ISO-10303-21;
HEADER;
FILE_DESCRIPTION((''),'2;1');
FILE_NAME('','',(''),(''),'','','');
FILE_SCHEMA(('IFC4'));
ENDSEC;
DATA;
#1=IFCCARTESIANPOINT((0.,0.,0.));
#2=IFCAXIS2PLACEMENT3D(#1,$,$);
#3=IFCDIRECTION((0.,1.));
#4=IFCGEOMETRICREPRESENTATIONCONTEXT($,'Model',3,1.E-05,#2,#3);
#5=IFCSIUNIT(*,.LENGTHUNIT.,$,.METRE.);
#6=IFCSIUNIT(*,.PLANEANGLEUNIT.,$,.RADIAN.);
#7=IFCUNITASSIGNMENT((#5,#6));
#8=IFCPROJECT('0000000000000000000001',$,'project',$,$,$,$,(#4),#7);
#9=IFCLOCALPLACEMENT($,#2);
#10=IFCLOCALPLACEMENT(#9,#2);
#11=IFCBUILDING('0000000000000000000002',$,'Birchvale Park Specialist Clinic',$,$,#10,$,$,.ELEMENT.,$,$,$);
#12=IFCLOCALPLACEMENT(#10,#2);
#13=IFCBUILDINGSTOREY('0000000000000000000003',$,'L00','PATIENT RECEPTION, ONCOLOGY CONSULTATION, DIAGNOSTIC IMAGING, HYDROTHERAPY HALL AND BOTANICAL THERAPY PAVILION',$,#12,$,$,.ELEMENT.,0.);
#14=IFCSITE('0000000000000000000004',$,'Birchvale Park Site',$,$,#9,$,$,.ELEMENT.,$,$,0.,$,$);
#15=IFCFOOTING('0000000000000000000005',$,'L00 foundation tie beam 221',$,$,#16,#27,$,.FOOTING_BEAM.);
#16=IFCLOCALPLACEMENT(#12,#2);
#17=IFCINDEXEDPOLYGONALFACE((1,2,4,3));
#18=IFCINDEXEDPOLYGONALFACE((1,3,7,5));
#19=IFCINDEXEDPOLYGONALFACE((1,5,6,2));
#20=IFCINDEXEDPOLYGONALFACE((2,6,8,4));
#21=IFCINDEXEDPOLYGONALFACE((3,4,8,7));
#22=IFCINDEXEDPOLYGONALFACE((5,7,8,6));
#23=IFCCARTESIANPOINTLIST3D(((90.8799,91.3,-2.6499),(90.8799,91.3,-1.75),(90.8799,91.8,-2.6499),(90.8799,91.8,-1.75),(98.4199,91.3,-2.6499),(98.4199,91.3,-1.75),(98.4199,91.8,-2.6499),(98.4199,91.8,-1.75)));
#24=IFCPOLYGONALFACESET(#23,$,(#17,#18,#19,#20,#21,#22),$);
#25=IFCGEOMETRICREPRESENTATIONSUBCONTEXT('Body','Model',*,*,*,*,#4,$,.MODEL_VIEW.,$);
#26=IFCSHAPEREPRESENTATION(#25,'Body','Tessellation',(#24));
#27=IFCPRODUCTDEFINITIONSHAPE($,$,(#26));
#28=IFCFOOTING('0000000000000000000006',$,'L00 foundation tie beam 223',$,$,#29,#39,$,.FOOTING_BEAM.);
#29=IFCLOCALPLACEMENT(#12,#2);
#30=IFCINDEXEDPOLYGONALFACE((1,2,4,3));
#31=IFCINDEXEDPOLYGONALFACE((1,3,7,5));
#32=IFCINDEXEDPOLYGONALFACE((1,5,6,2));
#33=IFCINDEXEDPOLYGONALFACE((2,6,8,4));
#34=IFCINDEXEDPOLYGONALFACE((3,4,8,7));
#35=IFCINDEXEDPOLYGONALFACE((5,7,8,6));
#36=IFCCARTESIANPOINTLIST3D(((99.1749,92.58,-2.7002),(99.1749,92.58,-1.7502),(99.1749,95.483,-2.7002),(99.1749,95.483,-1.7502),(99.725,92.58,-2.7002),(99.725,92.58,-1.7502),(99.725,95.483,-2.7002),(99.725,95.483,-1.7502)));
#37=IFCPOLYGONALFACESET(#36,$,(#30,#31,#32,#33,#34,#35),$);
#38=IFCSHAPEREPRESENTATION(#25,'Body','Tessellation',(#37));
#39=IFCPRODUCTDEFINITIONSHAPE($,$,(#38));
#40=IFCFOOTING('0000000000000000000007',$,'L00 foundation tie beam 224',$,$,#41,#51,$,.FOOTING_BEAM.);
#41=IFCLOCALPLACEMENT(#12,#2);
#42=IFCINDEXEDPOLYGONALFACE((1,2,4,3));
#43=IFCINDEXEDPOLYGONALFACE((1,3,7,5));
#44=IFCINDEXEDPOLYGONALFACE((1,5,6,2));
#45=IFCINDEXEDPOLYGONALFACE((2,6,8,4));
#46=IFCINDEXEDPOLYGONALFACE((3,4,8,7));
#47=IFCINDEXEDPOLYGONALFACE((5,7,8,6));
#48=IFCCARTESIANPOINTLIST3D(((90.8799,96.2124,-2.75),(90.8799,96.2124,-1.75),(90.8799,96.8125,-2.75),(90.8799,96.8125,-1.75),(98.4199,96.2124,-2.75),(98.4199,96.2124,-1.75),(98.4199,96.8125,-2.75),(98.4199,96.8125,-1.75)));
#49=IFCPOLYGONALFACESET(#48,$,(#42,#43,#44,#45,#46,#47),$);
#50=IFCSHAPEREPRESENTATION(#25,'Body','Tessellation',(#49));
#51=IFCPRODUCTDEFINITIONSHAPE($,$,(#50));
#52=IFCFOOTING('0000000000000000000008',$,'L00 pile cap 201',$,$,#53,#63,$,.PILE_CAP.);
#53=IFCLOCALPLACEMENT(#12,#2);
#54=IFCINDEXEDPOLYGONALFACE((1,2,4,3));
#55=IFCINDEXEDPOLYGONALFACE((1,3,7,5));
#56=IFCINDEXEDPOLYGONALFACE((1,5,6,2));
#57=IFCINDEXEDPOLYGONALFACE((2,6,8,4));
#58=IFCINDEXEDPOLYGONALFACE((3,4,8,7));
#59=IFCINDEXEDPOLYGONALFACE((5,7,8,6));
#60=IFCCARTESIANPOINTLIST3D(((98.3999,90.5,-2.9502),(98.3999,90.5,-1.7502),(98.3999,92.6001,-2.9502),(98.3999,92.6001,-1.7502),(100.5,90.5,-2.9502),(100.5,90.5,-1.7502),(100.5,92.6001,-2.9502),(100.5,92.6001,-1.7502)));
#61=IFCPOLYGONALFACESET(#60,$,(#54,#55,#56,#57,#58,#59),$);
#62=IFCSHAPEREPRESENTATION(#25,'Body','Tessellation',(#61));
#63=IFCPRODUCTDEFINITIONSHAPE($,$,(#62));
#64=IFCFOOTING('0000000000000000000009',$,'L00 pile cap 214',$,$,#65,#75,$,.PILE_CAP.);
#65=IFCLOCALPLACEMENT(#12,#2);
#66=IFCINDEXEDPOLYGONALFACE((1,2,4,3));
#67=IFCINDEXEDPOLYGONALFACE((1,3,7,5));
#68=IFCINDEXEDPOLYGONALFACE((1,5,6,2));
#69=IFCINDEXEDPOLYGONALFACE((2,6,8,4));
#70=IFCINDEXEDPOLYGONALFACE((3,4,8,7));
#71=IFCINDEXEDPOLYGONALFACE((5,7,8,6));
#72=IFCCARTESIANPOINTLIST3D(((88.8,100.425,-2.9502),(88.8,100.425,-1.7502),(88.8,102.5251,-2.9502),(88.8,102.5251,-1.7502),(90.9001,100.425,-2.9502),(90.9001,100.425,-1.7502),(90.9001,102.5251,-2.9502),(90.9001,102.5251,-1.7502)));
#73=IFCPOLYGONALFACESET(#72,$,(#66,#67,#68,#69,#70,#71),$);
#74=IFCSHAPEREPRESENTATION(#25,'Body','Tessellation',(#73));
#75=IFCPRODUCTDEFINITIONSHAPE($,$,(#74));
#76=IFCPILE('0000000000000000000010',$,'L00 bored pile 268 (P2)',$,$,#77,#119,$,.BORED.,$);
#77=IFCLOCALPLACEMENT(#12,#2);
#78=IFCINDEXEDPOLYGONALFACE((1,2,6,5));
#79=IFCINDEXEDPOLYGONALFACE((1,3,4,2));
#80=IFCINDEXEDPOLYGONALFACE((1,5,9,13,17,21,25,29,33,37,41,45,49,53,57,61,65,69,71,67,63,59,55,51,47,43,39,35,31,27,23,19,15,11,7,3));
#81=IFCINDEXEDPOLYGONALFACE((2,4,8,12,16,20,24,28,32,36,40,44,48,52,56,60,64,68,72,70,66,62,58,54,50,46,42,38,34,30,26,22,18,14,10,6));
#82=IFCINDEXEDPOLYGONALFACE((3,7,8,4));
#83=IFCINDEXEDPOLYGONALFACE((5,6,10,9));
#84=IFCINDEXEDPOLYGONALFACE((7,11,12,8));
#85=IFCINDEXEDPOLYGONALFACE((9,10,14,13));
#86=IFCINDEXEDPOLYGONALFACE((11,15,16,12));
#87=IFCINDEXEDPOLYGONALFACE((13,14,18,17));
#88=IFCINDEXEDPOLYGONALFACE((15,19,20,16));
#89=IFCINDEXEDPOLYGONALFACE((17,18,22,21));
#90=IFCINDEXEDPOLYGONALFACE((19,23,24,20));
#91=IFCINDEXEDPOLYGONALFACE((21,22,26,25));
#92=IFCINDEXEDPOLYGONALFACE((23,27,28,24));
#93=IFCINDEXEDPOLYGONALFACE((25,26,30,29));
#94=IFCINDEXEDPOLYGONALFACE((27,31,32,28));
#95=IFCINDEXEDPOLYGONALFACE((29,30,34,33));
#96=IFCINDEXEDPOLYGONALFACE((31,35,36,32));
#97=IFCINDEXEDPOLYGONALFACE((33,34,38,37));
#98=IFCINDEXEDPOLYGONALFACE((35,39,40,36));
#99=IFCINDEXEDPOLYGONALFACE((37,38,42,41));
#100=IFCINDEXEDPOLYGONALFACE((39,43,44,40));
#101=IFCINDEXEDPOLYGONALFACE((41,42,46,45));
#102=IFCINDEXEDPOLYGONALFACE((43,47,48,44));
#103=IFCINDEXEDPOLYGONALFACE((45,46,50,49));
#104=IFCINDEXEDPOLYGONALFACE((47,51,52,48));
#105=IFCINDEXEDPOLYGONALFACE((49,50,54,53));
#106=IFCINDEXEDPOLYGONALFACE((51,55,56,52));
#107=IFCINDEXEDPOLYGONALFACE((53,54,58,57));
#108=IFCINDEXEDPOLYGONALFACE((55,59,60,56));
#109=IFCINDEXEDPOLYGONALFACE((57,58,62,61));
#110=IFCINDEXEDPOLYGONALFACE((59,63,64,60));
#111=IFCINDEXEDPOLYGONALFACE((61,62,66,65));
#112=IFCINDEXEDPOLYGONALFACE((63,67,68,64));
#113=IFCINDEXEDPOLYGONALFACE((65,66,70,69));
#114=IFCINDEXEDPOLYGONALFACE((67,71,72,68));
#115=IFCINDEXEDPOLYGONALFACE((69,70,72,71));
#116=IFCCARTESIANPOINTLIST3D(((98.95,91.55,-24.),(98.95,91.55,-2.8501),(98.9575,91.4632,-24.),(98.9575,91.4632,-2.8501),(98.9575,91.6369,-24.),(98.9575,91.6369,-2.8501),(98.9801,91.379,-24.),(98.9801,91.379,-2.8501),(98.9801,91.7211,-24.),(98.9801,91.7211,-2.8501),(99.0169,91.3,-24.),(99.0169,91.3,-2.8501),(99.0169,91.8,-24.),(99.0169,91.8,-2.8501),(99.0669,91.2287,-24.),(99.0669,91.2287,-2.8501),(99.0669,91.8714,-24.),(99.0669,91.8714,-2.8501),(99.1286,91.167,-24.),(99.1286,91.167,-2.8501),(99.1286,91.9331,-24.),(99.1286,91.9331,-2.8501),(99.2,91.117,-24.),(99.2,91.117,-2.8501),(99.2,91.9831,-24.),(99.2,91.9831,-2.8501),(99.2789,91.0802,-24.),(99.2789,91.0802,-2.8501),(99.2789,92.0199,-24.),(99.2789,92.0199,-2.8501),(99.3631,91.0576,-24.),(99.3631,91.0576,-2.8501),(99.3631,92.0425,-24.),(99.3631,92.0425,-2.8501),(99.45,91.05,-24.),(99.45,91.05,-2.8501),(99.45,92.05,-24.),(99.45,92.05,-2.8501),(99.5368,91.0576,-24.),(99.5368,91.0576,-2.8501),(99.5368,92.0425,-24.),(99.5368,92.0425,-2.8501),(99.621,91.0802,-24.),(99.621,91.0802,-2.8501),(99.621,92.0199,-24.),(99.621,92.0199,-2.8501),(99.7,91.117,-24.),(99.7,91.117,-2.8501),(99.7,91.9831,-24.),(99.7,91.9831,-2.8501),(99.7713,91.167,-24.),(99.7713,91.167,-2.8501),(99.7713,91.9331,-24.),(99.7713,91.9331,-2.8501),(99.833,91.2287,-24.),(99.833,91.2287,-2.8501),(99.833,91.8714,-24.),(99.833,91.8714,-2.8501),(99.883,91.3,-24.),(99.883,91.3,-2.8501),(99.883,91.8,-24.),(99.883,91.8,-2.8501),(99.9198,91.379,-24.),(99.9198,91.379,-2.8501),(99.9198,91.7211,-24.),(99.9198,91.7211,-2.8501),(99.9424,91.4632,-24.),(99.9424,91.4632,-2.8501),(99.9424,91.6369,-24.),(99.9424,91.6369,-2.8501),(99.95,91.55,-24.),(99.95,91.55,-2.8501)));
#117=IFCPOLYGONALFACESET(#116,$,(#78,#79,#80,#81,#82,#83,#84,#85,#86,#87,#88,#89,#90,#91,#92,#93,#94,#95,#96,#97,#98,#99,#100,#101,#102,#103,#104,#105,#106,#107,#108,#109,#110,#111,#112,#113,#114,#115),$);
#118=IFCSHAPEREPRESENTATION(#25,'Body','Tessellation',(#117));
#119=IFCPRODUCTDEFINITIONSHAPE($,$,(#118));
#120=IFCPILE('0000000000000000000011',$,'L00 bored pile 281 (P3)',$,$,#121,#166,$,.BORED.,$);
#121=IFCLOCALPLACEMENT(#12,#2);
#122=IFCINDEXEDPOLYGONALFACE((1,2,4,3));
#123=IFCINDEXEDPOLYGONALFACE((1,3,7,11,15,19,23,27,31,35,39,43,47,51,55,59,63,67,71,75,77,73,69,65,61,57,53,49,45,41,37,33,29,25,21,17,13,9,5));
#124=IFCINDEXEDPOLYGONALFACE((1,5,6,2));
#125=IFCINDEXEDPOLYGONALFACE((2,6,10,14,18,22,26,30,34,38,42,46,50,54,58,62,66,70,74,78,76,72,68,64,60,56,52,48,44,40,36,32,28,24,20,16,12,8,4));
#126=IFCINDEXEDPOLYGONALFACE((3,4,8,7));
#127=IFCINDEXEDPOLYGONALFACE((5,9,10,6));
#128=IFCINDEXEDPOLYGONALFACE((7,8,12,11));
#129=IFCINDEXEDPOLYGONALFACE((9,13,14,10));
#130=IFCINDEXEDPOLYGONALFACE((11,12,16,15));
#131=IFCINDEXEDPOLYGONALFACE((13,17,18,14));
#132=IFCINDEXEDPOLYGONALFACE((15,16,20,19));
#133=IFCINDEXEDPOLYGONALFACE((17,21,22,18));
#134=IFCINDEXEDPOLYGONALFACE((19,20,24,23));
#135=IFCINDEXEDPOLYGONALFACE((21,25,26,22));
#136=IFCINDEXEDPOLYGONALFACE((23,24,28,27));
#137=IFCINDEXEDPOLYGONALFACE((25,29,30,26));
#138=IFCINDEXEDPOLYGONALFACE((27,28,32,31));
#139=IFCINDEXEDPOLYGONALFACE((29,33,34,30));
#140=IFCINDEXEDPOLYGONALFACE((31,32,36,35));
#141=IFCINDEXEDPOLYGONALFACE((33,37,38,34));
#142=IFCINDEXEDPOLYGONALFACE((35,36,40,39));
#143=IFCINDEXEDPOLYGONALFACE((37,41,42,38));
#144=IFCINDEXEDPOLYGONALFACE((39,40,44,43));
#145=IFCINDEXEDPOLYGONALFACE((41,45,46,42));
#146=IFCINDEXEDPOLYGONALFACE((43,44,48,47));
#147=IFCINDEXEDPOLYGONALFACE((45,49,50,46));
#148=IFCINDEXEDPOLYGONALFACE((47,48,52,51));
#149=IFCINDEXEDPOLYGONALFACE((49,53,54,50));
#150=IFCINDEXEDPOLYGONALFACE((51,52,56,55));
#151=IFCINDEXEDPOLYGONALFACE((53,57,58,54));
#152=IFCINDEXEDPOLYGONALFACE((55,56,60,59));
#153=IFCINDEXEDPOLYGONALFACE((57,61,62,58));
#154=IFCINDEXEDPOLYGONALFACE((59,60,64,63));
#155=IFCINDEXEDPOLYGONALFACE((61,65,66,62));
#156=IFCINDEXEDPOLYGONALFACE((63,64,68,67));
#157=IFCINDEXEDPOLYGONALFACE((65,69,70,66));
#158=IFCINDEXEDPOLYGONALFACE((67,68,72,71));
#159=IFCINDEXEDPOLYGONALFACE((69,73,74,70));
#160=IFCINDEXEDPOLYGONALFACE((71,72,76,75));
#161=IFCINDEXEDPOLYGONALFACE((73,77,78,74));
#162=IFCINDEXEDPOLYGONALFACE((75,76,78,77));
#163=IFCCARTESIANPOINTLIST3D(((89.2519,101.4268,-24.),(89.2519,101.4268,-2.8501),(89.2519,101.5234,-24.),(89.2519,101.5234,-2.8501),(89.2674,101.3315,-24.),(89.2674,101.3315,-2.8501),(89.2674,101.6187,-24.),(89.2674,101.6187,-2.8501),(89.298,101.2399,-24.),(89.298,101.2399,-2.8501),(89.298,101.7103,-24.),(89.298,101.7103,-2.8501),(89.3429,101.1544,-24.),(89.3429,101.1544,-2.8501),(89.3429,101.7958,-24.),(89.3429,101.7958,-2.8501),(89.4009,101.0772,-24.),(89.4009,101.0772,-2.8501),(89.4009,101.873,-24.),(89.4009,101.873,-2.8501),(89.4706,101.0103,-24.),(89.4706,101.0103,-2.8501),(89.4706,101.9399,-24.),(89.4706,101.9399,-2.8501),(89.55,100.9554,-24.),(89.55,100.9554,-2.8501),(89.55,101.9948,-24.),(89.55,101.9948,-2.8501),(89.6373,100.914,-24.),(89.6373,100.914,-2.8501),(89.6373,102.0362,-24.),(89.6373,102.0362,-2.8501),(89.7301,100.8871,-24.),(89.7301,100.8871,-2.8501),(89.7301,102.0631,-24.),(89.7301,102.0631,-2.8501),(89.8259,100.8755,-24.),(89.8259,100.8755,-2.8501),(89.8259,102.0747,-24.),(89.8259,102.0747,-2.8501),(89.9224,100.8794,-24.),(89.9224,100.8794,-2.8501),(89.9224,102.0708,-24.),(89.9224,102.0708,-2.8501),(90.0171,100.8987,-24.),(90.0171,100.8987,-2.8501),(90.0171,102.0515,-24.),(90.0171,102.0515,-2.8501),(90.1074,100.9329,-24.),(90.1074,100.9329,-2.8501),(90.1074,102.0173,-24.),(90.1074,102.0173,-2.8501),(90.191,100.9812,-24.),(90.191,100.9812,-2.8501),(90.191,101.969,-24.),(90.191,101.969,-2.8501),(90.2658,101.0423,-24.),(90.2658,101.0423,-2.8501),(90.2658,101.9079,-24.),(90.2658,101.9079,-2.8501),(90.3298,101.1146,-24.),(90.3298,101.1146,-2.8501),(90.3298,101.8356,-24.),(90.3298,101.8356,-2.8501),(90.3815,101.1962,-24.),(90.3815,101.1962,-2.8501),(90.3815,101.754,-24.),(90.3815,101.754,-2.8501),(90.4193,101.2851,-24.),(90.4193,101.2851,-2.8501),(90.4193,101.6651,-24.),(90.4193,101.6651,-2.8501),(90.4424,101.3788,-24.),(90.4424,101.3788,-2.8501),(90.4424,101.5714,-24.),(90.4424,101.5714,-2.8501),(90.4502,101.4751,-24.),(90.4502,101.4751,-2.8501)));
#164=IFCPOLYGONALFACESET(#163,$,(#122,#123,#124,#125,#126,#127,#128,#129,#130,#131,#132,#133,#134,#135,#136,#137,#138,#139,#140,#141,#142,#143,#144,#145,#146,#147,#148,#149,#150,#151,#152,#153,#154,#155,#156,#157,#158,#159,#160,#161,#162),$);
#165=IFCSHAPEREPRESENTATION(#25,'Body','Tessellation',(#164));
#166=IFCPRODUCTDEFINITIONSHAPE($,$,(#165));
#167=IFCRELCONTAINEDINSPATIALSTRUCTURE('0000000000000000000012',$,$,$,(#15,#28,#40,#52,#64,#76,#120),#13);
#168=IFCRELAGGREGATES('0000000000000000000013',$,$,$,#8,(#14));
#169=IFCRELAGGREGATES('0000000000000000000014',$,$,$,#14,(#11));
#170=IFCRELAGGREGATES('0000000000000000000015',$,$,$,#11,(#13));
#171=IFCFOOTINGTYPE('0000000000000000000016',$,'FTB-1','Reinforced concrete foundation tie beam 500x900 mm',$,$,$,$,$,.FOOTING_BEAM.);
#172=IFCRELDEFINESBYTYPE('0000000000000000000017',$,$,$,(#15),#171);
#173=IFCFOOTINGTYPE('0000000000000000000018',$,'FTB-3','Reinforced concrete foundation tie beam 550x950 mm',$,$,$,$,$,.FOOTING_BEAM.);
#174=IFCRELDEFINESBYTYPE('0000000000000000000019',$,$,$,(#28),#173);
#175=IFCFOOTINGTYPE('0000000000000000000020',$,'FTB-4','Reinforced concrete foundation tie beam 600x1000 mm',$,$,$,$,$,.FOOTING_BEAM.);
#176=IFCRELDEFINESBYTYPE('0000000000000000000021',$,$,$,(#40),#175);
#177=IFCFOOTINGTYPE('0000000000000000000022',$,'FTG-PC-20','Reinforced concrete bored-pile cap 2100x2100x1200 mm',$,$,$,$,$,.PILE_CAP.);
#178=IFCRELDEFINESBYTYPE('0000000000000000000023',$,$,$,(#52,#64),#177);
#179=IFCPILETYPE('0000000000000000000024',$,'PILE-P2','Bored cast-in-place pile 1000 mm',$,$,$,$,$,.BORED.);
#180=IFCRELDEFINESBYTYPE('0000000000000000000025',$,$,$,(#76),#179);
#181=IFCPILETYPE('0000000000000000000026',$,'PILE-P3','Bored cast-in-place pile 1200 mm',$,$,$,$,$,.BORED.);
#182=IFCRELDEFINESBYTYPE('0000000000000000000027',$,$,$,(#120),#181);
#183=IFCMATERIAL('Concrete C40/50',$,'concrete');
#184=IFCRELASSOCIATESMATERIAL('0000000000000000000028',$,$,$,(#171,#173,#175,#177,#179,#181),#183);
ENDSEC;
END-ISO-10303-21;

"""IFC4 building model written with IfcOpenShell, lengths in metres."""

from ifc_helpers import new_model, si_unit, direction, frame, origin, origin_2d, place, context, subcontext, project, spatial, rectangle, circle, extrude, material, material_profile, profile_set, type_object, element, save


model = new_model("IFC4")

# Units and contexts
model_context = context("Model", 3, precision=1e-05, world=origin(), true_north=direction((0.0, 1.0)))
body_context = subcontext(model_context, "Body", "Model", "MODEL_VIEW")
ifc_project = project(units=[si_unit("LENGTHUNIT", "METRE"), si_unit("PLANEANGLEUNIT", "RADIAN")], contexts=[model_context])

# Site, building, storey
site_placement = place(None, origin())
site = spatial("IfcSite", under=ifc_project, at=site_placement, Name="Birchvale Park Site", CompositionType="ELEMENT", RefElevation=0.0)
building_placement = place(site_placement, origin())
building = spatial("IfcBuilding", under=site, at=building_placement, Name="Birchvale Park Specialist Clinic", CompositionType="ELEMENT")
storey_placement = place(building_placement, origin())
storey = spatial("IfcBuildingStorey", under=building, at=storey_placement, Name="L00", Description="PATIENT RECEPTION, ONCOLOGY CONSULTATION, DIAGNOSTIC IMAGING, HYDROTHERAPY HALL AND BOTANICAL THERAPY PAVILION", CompositionType="ELEMENT", Elevation=0.0)

# Footings
ifc_material_1 = material(Name="Concrete C40/50", Category="concrete")
footing_type_1 = type_object("IfcFootingType", Name="FTB-1", Description="Reinforced concrete foundation tie beam 500x900 mm", PredefinedType="FOOTING_BEAM", material=ifc_material_1)
footing_1_placement = place(storey_placement, frame((94.6499, 91.55, -2.6499), z_axis=(0.0, 0.0, 1.0), x_axis=(1.0, 0.0, 0.0)))
element("IfcFooting", 1, at=footing_1_placement, inside=storey, type_object=footing_type_1, Name="L00 foundation tie beam 221", PredefinedType="FOOTING_BEAM", context=body_context, shape_type="SweptSolid", body=[
    extrude(rectangle(XDim=7.54, YDim=0.5, at=origin_2d()), origin(), (0.0, 0.0, 1.0), 0.8999),
])
footing_type_2 = type_object("IfcFootingType", Name="FTB-3", Description="Reinforced concrete foundation tie beam 550x950 mm", PredefinedType="FOOTING_BEAM", material=ifc_material_1)
footing_2_placement = place(storey_placement, frame((99.45, 94.0315, -2.7002), z_axis=(0.0, 0.0, 1.0), x_axis=(1.0, 0.0, 0.0)))
element("IfcFooting", 2, at=footing_2_placement, inside=storey, type_object=footing_type_2, Name="L00 foundation tie beam 223", PredefinedType="FOOTING_BEAM", context=body_context, shape_type="SweptSolid", body=[
    extrude(rectangle(XDim=0.55, YDim=2.9031, at=origin_2d()), origin(), (0.0, 0.0, 1.0), 0.95),
])
footing_type_3 = type_object("IfcFootingType", Name="FTB-4", Description="Reinforced concrete foundation tie beam 600x1000 mm", PredefinedType="FOOTING_BEAM", material=ifc_material_1)
footing_3_placement = place(storey_placement, frame((94.6499, 96.5125, -2.75), z_axis=(0.0, 0.0, 1.0), x_axis=(1.0, 0.0, 0.0)))
element("IfcFooting", 3, at=footing_3_placement, inside=storey, type_object=footing_type_3, Name="L00 foundation tie beam 224", PredefinedType="FOOTING_BEAM", context=body_context, shape_type="SweptSolid", body=[
    extrude(rectangle(XDim=7.54, YDim=0.6001, at=origin_2d()), origin(), (0.0, 0.0, 1.0), 1.0),
])
footing_type_4 = type_object("IfcFootingType", Name="FTG-PC-20", Description="Reinforced concrete bored-pile cap 2100x2100x1200 mm", PredefinedType="PILE_CAP", material=ifc_material_1)
for number, where, z_axis, x_axis, name in (
    (4, (99.45, 91.55, -2.9502), (0.0, 0.0, 1.0), (1.0, 0.0, 0.0), "L00 pile cap 201"),
    (5, (89.8501, 101.4751, -2.9502), (0.0, 0.0, 1.0), (1.0, 0.0, 0.0), "L00 pile cap 214"),
):
    element("IfcFooting", number, at=place(storey_placement, frame(where, z_axis=z_axis, x_axis=x_axis)), inside=storey, type_object=footing_type_4, Name=name, PredefinedType="PILE_CAP", context=body_context, shape_type="SweptSolid", body=[
        extrude(rectangle(XDim=2.1001, YDim=2.1001, at=origin_2d()), origin(), (0.0, 0.0, 1.0), 1.2),
    ])

# Piles
ifc_material_profile_1 = material_profile(ifc_material_1, circle(Radius=0.5, at=origin_2d()), Name="PILE-1000")
ifc_profile_set_1 = profile_set([ifc_material_profile_1], Name="Concrete C40/50")
pile_type_1 = type_object("IfcPileType", Name="PILE-P2", Description="Bored cast-in-place pile 1000 mm", PredefinedType="BORED", material=ifc_profile_set_1)
pile_1_placement = place(storey_placement, frame((99.45, 91.55, -2.8501), z_axis=(0.0, 0.0, -1.0), x_axis=(1.0, 0.0, 0.0)))
element("IfcPile", 6, at=pile_1_placement, inside=storey, type_object=pile_type_1, Name="L00 bored pile 268 (P2)", PredefinedType="BORED", context=body_context, shape_type="SweptSolid", body=[
    extrude(circle(Radius=0.5, at=origin_2d()), origin(), (0.0, 0.0, 1.0), 21.1499),
])
ifc_material_profile_2 = material_profile(ifc_material_1, circle(Radius=0.6001, at=origin_2d()), Name="PILE-1200")
ifc_profile_set_2 = profile_set([ifc_material_profile_2], Name="Concrete C40/50")
pile_type_2 = type_object("IfcPileType", Name="PILE-P3", Description="Bored cast-in-place pile 1200 mm", PredefinedType="BORED", material=ifc_profile_set_2)
pile_2_placement = place(storey_placement, frame((89.8501, 101.4751, -2.8501), z_axis=(0.0, 0.0, -1.0), x_axis=(1.0, 0.0, 0.0)))
element("IfcPile", 7, at=pile_2_placement, inside=storey, type_object=pile_type_2, Name="L00 bored pile 281 (P3)", PredefinedType="BORED", context=body_context, shape_type="SweptSolid", body=[
    extrude(circle(Radius=0.6001, at=origin_2d()), origin(), (0.0, 0.0, 1.0), 21.1499),
])

save(model, "model.ifc")
